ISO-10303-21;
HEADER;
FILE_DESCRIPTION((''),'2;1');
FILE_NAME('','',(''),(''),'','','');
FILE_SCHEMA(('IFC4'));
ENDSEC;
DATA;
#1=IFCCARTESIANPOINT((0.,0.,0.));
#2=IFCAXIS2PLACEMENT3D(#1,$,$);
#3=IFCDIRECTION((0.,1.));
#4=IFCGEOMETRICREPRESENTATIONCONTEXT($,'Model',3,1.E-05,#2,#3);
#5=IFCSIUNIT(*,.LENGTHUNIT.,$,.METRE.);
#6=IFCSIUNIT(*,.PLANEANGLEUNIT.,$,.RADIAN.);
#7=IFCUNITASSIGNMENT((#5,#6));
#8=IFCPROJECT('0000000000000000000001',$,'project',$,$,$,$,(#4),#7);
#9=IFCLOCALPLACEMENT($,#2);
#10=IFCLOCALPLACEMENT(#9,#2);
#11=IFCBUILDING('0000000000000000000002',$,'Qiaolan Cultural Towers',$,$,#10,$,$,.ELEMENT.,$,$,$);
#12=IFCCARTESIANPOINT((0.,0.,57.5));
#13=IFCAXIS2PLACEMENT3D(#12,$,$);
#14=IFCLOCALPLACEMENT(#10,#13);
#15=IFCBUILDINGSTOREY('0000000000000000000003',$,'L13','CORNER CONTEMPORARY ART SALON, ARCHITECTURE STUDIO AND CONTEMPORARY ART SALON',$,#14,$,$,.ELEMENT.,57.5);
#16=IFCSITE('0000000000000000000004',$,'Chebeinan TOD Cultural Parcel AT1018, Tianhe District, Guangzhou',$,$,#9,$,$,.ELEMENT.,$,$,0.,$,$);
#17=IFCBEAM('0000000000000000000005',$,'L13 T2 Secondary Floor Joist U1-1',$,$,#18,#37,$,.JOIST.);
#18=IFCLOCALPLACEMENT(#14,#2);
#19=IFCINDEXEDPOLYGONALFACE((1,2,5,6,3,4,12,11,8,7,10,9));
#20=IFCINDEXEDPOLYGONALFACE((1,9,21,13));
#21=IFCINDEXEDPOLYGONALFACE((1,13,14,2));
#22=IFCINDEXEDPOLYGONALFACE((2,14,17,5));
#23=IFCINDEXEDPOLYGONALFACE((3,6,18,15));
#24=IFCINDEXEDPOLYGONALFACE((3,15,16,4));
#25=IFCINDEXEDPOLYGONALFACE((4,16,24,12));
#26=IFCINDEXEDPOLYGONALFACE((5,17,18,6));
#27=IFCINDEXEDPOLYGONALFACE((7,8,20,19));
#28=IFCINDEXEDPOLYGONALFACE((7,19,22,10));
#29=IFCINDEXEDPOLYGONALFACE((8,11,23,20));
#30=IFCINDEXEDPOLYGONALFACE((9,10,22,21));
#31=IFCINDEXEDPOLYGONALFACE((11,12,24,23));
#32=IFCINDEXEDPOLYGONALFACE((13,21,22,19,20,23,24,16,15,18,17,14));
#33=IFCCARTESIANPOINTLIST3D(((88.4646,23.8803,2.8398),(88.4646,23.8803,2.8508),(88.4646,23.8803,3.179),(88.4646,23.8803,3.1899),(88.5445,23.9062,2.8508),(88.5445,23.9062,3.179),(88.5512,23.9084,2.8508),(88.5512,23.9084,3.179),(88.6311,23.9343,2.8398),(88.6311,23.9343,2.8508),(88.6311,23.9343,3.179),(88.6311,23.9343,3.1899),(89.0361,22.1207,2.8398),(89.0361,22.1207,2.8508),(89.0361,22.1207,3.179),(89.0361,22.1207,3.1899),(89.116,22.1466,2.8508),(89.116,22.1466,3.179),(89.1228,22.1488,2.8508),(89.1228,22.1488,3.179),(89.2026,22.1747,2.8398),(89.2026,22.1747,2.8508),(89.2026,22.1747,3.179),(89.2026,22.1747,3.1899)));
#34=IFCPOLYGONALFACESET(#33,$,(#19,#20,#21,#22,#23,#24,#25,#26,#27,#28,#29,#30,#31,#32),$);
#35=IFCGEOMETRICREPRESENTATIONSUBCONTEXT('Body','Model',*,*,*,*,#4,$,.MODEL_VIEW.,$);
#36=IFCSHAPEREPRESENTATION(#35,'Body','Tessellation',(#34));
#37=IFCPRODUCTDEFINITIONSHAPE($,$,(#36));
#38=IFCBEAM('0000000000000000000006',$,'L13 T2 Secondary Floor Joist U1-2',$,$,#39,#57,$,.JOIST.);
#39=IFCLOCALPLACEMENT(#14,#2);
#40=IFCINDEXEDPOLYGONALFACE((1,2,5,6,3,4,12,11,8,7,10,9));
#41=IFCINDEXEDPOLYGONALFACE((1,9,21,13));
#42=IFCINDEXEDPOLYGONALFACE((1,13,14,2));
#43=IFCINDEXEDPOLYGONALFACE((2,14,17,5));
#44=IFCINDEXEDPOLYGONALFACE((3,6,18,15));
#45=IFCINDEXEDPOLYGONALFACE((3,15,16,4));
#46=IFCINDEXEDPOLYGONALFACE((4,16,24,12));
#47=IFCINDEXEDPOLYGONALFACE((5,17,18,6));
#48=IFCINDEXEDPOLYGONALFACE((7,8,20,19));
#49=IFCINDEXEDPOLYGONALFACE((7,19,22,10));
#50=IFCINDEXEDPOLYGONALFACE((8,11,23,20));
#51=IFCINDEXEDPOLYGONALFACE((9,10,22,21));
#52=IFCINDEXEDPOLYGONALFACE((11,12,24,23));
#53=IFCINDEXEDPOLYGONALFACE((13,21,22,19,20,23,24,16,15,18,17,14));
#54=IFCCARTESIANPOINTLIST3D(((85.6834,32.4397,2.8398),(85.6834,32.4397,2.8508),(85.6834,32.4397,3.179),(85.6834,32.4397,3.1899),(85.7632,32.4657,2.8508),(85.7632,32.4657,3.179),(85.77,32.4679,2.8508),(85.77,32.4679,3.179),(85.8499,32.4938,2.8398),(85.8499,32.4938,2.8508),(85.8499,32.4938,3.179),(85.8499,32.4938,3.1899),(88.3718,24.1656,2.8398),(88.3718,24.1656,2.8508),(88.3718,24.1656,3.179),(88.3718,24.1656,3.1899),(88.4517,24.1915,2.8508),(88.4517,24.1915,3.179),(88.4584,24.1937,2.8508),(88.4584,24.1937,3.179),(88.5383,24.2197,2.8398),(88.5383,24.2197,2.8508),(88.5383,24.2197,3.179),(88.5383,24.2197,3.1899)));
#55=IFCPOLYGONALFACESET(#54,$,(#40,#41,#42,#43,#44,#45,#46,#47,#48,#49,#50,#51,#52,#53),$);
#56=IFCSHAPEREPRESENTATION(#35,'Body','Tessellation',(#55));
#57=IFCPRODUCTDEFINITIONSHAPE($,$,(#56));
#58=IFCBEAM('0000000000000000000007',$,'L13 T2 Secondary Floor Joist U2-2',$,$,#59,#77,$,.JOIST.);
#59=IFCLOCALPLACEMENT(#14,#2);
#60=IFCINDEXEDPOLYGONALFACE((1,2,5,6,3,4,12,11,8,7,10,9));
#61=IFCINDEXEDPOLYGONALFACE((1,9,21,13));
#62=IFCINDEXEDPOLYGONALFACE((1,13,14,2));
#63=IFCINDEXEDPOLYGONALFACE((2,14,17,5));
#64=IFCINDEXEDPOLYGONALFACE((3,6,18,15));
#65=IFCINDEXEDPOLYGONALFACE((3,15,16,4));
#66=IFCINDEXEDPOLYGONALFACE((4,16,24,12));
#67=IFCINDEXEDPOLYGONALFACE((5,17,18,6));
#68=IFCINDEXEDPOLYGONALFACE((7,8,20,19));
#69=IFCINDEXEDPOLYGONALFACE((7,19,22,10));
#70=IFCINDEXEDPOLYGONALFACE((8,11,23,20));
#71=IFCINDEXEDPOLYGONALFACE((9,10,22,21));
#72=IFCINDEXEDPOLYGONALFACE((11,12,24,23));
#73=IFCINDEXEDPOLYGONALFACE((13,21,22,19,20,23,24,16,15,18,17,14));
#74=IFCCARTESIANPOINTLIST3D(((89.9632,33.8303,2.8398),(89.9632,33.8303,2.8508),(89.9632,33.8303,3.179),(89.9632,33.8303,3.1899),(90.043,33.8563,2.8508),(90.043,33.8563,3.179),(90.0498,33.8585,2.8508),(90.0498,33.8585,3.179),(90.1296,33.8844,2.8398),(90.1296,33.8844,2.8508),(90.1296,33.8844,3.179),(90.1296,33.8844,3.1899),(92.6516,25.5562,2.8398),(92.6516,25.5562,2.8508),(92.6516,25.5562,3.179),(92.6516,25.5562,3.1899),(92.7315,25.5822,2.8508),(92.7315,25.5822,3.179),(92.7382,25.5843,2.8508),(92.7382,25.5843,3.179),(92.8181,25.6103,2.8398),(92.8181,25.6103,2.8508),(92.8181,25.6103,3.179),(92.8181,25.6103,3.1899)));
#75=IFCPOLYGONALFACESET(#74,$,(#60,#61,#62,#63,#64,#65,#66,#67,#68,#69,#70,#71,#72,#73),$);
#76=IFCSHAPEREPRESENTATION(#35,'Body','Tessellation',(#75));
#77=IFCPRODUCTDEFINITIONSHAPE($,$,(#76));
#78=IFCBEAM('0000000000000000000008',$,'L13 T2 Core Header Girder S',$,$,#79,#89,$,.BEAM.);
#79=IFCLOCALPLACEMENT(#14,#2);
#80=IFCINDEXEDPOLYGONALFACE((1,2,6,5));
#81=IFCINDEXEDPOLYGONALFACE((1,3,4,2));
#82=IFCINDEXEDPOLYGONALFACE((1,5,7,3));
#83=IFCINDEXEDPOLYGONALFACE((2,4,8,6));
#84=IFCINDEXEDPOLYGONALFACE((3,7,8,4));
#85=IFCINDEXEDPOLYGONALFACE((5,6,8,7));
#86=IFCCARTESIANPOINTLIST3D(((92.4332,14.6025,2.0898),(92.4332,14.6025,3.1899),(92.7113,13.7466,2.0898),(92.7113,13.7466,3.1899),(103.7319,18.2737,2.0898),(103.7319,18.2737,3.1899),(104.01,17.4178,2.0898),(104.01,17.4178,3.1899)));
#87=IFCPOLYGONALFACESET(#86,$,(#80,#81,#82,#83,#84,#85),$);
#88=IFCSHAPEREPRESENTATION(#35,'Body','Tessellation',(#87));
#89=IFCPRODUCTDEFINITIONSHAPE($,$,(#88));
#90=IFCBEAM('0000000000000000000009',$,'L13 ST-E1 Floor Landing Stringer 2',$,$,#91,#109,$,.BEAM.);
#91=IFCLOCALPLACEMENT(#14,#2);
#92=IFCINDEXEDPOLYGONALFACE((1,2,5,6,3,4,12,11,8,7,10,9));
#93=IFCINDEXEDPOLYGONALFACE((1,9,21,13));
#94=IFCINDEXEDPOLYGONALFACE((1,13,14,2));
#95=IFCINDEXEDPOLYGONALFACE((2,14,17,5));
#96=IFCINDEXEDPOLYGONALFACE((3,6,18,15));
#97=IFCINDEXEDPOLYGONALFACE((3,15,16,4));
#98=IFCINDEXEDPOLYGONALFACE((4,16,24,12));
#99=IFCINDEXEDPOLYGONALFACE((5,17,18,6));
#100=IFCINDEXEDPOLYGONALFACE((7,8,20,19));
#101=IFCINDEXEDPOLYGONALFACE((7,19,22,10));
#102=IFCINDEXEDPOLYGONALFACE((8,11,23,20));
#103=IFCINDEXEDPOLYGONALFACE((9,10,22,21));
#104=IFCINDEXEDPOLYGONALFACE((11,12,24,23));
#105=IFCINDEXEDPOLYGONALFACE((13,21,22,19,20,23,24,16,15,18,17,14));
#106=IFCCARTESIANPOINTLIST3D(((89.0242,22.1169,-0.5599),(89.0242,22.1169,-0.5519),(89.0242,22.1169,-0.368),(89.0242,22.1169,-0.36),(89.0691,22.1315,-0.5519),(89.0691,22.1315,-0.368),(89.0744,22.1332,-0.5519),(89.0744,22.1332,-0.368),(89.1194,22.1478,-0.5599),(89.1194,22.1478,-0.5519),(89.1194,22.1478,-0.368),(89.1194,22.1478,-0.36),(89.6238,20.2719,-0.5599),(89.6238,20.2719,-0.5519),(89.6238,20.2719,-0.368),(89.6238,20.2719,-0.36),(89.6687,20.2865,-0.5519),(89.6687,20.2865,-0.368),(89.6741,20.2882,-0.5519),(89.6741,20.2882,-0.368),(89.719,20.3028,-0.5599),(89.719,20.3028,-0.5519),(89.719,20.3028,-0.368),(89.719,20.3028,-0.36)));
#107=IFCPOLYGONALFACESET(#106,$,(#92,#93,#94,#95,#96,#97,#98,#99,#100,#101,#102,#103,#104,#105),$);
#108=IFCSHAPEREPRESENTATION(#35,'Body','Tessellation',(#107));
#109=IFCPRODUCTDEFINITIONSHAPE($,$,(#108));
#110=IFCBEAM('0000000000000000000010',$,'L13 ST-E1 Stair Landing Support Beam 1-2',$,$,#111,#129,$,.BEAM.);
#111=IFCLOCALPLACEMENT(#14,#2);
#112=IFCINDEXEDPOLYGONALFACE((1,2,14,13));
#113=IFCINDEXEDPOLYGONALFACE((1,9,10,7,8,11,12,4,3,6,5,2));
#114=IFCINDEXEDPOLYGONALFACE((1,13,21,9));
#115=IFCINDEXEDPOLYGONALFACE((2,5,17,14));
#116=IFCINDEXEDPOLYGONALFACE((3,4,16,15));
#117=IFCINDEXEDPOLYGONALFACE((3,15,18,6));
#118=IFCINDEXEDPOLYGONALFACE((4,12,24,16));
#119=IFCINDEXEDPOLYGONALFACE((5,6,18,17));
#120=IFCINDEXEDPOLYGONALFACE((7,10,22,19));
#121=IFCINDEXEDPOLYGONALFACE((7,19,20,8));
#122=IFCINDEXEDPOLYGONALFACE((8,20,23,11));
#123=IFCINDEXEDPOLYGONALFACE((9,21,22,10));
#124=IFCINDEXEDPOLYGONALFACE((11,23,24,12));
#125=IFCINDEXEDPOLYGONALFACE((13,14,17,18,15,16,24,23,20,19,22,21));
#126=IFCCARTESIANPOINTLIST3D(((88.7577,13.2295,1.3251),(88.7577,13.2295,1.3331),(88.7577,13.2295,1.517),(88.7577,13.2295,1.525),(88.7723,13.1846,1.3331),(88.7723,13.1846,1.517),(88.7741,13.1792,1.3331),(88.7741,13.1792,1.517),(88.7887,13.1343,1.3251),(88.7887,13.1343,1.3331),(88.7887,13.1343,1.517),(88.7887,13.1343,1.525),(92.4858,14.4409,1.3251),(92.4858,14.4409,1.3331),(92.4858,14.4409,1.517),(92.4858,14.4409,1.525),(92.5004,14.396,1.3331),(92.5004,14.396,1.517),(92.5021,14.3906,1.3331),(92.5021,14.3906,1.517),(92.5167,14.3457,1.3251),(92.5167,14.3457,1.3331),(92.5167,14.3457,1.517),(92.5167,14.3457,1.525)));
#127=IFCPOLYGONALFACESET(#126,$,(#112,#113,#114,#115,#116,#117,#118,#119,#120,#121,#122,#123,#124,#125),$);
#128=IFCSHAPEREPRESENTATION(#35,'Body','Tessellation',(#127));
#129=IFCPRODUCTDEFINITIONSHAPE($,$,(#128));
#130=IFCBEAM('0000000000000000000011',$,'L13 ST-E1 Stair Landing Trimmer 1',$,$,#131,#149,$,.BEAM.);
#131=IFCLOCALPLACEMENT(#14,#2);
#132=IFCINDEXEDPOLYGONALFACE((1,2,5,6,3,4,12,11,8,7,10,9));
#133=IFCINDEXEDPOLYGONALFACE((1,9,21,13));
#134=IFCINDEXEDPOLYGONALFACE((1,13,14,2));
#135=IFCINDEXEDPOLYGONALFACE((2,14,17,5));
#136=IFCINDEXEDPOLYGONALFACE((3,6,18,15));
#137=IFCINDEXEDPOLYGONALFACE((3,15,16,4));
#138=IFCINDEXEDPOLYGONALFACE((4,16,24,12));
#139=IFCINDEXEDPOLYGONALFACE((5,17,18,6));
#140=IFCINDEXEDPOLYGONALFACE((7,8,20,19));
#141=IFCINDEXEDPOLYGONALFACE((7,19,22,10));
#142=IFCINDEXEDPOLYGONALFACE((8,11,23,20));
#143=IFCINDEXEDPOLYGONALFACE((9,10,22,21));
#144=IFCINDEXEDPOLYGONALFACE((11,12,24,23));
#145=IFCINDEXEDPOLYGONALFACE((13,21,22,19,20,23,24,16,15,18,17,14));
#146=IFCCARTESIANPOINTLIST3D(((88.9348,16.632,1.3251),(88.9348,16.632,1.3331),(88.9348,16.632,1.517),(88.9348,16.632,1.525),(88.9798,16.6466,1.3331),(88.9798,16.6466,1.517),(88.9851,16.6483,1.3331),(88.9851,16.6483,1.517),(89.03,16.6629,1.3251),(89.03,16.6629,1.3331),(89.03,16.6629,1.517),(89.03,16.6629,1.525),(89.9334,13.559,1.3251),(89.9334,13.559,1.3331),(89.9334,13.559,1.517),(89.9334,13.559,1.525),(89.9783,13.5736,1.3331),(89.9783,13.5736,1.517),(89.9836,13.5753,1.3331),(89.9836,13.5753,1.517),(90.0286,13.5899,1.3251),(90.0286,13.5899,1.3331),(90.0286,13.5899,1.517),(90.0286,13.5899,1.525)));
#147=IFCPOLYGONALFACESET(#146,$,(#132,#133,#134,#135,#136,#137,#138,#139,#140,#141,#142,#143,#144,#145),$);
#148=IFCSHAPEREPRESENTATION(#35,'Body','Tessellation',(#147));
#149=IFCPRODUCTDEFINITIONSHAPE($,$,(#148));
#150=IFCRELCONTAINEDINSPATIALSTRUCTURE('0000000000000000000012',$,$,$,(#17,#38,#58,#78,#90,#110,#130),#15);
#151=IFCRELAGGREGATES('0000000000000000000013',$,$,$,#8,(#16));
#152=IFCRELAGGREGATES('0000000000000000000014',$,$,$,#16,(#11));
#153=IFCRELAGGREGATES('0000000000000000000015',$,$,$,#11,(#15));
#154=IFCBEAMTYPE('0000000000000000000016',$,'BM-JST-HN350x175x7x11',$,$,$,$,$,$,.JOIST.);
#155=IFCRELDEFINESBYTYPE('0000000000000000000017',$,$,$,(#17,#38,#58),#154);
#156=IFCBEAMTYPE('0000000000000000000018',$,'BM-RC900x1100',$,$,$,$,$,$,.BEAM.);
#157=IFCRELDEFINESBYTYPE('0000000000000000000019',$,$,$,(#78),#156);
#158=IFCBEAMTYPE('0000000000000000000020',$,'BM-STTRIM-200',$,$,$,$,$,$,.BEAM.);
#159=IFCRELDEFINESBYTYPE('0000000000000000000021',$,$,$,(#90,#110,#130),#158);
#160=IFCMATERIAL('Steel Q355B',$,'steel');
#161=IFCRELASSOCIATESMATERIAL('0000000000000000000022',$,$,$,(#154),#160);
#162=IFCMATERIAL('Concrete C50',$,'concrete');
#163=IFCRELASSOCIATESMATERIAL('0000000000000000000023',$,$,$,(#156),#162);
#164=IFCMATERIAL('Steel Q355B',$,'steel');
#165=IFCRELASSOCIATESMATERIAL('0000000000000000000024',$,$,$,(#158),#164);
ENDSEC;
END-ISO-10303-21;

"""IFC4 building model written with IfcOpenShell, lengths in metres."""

from ifc_helpers import new_model, si_unit, direction, frame, origin, origin_2d, place, context, subcontext, project, spatial, rectangle, i_section, extrude, material, material_profile, profile_set, type_object, element, save


model = new_model("IFC4")

# Units and contexts
model_context = context("Model", 3, precision=1e-05, world=origin(), true_north=direction((0.0, 1.0)))
body_context = subcontext(model_context, "Body", "Model", "MODEL_VIEW")
ifc_project = project(units=[si_unit("LENGTHUNIT", "METRE"), si_unit("PLANEANGLEUNIT", "RADIAN")], contexts=[model_context])

# Site, building, storey
site_placement = place(None, origin())
site = spatial("IfcSite", under=ifc_project, at=site_placement, Name="Chebeinan TOD Cultural Parcel AT1018, Tianhe District, Guangzhou", CompositionType="ELEMENT", RefElevation=0.0)
building_placement = place(site_placement, origin())
building = spatial("IfcBuilding", under=site, at=building_placement, Name="Qiaolan Cultural Towers", CompositionType="ELEMENT")
storey_placement = place(building_placement, frame((0.0, 0.0, 57.5)))
storey = spatial("IfcBuildingStorey", under=building, at=storey_placement, Name="L13", Description="CORNER CONTEMPORARY ART SALON, ARCHITECTURE STUDIO AND CONTEMPORARY ART SALON", CompositionType="ELEMENT", Elevation=57.5)

# Beams
ifc_material_1 = material(Name="Steel Q355B", Category="steel")
ifc_material_profile_1 = material_profile(ifc_material_1, i_section(OverallWidth=0.175, OverallDepth=0.3501, WebThickness=0.0071, FlangeThickness=0.011, at=origin_2d()), Name="HN350x175x7x11")
ifc_profile_set_1 = profile_set([ifc_material_profile_1], Name="Steel Q355B")
beam_type_1 = type_object("IfcBeamType", Name="BM-JST-HN350x175x7x11", PredefinedType="JOIST", material=ifc_profile_set_1)
beam_1_placement = place(storey_placement, frame((89.1194, 22.1477, 3.0149), z_axis=(-0.308934, 0.951084, 0.0), x_axis=(-0.951084, -0.308934, 0.0)))
element("IfcBeam", 1, at=beam_1_placement, inside=storey, type_object=beam_type_1, Name="L13 T2 Secondary Floor Joist U1-1", PredefinedType="JOIST", context=body_context, shape_type="SweptSolid", body=[
    extrude(i_section(OverallWidth=0.175, OverallDepth=0.3501, WebThickness=0.0071, FlangeThickness=0.011, at=origin_2d()), origin(), (0.0, 0.0, 1.0), 1.8501),
])
for number, where, z_axis, x_axis, name in (
    (2, (88.4551, 24.1926, 3.0149), (-0.309021, 0.951055, 0.0), (-0.951055, -0.309021, 0.0), "L13 T2 Secondary Floor Joist U1-2"),
    (3, (92.7349, 25.5833, 3.0149), (-0.309021, 0.951055, 0.0), (-0.951055, -0.309021, 0.0), "L13 T2 Secondary Floor Joist U2-2"),
):
    element("IfcBeam", number, at=place(storey_placement, frame(where, z_axis=z_axis, x_axis=x_axis)), inside=storey, type_object=beam_type_1, Name=name, PredefinedType="JOIST", context=body_context, shape_type="SweptSolid", body=[
        extrude(i_section(OverallWidth=0.175, OverallDepth=0.3501, WebThickness=0.0071, FlangeThickness=0.011, at=origin_2d()), origin(), (0.0, 0.0, 1.0), 8.7),
    ])
ifc_material_2 = material(Name="Concrete C50", Category="concrete")
ifc_material_profile_2 = material_profile(ifc_material_2, rectangle(XDim=0.8999, YDim=1.1001, at=origin_2d()), Name="RC900x1100")
ifc_profile_set_2 = profile_set([ifc_material_profile_2], Name="Concrete C50")
beam_type_2 = type_object("IfcBeamType", Name="BM-RC900x1100", PredefinedType="BEAM", material=ifc_profile_set_2)
beam_2_placement = place(storey_placement, frame((92.5723, 14.1746, 2.6399), z_axis=(0.951056, 0.309018, 0.0), x_axis=(-0.309018, 0.951056, 0.0)))
element("IfcBeam", 4, at=beam_2_placement, inside=storey, type_object=beam_type_2, Name="L13 T2 Core Header Girder S", PredefinedType="BEAM", context=body_context, shape_type="SweptSolid", body=[
    extrude(rectangle(XDim=0.8999, YDim=1.1001, at=origin_2d()), origin(), (0.0, 0.0, 1.0), 11.8801),
])
ifc_material_3 = material(Name="Steel Q355B", Category="steel")
ifc_material_profile_3 = material_profile(ifc_material_3, i_section(OverallWidth=0.1001, OverallDepth=0.2, WebThickness=0.0056, FlangeThickness=0.0081, at=origin_2d()), Name="HN200x100x5.5x8")
ifc_profile_set_3 = profile_set([ifc_material_profile_3], Name="Steel Q355B")
beam_type_3 = type_object("IfcBeamType", Name="BM-STTRIM-200", PredefinedType="BEAM", material=ifc_profile_set_3)
beam_3_placement = place(storey_placement, frame((89.0718, 22.1323, -0.46), z_axis=(0.309083, -0.951035, 0.0), x_axis=(0.951035, 0.309083, 0.0)))
element("IfcBeam", 5, at=beam_3_placement, inside=storey, type_object=beam_type_3, Name="L13 ST-E1 Floor Landing Stringer 2", PredefinedType="BEAM", context=body_context, shape_type="SweptSolid", body=[
    extrude(i_section(OverallWidth=0.1001, OverallDepth=0.2, WebThickness=0.0056, FlangeThickness=0.0081, at=origin_2d()), origin(), (0.0, 0.0, 1.0), 1.9399),
])
beam_4_placement = place(storey_placement, frame((88.7732, 13.1819, 1.425), z_axis=(0.951048, 0.309044, 0.0), x_axis=(-0.309044, 0.951048, 0.0)))
element("IfcBeam", 6, at=beam_4_placement, inside=storey, type_object=beam_type_3, Name="L13 ST-E1 Stair Landing Support Beam 1-2", PredefinedType="BEAM", context=body_context, shape_type="SweptSolid", body=[
    extrude(i_section(OverallWidth=0.1001, OverallDepth=0.2, WebThickness=0.0056, FlangeThickness=0.0081, at=origin_2d()), origin(), (0.0, 0.0, 1.0), 3.9199),
])
beam_5_placement = place(storey_placement, frame((88.9824, 16.6475, 1.425), z_axis=(0.309033, -0.951051, 0.0), x_axis=(0.951051, 0.309033, 0.0)))
element("IfcBeam", 7, at=beam_5_placement, inside=storey, type_object=beam_type_3, Name="L13 ST-E1 Stair Landing Trimmer 1", PredefinedType="BEAM", context=body_context, shape_type="SweptSolid", body=[
    extrude(i_section(OverallWidth=0.1001, OverallDepth=0.2, WebThickness=0.0056, FlangeThickness=0.0081, at=origin_2d()), origin(), (0.0, 0.0, 1.0), 3.2312),
])

save(model, "model.ifc")
